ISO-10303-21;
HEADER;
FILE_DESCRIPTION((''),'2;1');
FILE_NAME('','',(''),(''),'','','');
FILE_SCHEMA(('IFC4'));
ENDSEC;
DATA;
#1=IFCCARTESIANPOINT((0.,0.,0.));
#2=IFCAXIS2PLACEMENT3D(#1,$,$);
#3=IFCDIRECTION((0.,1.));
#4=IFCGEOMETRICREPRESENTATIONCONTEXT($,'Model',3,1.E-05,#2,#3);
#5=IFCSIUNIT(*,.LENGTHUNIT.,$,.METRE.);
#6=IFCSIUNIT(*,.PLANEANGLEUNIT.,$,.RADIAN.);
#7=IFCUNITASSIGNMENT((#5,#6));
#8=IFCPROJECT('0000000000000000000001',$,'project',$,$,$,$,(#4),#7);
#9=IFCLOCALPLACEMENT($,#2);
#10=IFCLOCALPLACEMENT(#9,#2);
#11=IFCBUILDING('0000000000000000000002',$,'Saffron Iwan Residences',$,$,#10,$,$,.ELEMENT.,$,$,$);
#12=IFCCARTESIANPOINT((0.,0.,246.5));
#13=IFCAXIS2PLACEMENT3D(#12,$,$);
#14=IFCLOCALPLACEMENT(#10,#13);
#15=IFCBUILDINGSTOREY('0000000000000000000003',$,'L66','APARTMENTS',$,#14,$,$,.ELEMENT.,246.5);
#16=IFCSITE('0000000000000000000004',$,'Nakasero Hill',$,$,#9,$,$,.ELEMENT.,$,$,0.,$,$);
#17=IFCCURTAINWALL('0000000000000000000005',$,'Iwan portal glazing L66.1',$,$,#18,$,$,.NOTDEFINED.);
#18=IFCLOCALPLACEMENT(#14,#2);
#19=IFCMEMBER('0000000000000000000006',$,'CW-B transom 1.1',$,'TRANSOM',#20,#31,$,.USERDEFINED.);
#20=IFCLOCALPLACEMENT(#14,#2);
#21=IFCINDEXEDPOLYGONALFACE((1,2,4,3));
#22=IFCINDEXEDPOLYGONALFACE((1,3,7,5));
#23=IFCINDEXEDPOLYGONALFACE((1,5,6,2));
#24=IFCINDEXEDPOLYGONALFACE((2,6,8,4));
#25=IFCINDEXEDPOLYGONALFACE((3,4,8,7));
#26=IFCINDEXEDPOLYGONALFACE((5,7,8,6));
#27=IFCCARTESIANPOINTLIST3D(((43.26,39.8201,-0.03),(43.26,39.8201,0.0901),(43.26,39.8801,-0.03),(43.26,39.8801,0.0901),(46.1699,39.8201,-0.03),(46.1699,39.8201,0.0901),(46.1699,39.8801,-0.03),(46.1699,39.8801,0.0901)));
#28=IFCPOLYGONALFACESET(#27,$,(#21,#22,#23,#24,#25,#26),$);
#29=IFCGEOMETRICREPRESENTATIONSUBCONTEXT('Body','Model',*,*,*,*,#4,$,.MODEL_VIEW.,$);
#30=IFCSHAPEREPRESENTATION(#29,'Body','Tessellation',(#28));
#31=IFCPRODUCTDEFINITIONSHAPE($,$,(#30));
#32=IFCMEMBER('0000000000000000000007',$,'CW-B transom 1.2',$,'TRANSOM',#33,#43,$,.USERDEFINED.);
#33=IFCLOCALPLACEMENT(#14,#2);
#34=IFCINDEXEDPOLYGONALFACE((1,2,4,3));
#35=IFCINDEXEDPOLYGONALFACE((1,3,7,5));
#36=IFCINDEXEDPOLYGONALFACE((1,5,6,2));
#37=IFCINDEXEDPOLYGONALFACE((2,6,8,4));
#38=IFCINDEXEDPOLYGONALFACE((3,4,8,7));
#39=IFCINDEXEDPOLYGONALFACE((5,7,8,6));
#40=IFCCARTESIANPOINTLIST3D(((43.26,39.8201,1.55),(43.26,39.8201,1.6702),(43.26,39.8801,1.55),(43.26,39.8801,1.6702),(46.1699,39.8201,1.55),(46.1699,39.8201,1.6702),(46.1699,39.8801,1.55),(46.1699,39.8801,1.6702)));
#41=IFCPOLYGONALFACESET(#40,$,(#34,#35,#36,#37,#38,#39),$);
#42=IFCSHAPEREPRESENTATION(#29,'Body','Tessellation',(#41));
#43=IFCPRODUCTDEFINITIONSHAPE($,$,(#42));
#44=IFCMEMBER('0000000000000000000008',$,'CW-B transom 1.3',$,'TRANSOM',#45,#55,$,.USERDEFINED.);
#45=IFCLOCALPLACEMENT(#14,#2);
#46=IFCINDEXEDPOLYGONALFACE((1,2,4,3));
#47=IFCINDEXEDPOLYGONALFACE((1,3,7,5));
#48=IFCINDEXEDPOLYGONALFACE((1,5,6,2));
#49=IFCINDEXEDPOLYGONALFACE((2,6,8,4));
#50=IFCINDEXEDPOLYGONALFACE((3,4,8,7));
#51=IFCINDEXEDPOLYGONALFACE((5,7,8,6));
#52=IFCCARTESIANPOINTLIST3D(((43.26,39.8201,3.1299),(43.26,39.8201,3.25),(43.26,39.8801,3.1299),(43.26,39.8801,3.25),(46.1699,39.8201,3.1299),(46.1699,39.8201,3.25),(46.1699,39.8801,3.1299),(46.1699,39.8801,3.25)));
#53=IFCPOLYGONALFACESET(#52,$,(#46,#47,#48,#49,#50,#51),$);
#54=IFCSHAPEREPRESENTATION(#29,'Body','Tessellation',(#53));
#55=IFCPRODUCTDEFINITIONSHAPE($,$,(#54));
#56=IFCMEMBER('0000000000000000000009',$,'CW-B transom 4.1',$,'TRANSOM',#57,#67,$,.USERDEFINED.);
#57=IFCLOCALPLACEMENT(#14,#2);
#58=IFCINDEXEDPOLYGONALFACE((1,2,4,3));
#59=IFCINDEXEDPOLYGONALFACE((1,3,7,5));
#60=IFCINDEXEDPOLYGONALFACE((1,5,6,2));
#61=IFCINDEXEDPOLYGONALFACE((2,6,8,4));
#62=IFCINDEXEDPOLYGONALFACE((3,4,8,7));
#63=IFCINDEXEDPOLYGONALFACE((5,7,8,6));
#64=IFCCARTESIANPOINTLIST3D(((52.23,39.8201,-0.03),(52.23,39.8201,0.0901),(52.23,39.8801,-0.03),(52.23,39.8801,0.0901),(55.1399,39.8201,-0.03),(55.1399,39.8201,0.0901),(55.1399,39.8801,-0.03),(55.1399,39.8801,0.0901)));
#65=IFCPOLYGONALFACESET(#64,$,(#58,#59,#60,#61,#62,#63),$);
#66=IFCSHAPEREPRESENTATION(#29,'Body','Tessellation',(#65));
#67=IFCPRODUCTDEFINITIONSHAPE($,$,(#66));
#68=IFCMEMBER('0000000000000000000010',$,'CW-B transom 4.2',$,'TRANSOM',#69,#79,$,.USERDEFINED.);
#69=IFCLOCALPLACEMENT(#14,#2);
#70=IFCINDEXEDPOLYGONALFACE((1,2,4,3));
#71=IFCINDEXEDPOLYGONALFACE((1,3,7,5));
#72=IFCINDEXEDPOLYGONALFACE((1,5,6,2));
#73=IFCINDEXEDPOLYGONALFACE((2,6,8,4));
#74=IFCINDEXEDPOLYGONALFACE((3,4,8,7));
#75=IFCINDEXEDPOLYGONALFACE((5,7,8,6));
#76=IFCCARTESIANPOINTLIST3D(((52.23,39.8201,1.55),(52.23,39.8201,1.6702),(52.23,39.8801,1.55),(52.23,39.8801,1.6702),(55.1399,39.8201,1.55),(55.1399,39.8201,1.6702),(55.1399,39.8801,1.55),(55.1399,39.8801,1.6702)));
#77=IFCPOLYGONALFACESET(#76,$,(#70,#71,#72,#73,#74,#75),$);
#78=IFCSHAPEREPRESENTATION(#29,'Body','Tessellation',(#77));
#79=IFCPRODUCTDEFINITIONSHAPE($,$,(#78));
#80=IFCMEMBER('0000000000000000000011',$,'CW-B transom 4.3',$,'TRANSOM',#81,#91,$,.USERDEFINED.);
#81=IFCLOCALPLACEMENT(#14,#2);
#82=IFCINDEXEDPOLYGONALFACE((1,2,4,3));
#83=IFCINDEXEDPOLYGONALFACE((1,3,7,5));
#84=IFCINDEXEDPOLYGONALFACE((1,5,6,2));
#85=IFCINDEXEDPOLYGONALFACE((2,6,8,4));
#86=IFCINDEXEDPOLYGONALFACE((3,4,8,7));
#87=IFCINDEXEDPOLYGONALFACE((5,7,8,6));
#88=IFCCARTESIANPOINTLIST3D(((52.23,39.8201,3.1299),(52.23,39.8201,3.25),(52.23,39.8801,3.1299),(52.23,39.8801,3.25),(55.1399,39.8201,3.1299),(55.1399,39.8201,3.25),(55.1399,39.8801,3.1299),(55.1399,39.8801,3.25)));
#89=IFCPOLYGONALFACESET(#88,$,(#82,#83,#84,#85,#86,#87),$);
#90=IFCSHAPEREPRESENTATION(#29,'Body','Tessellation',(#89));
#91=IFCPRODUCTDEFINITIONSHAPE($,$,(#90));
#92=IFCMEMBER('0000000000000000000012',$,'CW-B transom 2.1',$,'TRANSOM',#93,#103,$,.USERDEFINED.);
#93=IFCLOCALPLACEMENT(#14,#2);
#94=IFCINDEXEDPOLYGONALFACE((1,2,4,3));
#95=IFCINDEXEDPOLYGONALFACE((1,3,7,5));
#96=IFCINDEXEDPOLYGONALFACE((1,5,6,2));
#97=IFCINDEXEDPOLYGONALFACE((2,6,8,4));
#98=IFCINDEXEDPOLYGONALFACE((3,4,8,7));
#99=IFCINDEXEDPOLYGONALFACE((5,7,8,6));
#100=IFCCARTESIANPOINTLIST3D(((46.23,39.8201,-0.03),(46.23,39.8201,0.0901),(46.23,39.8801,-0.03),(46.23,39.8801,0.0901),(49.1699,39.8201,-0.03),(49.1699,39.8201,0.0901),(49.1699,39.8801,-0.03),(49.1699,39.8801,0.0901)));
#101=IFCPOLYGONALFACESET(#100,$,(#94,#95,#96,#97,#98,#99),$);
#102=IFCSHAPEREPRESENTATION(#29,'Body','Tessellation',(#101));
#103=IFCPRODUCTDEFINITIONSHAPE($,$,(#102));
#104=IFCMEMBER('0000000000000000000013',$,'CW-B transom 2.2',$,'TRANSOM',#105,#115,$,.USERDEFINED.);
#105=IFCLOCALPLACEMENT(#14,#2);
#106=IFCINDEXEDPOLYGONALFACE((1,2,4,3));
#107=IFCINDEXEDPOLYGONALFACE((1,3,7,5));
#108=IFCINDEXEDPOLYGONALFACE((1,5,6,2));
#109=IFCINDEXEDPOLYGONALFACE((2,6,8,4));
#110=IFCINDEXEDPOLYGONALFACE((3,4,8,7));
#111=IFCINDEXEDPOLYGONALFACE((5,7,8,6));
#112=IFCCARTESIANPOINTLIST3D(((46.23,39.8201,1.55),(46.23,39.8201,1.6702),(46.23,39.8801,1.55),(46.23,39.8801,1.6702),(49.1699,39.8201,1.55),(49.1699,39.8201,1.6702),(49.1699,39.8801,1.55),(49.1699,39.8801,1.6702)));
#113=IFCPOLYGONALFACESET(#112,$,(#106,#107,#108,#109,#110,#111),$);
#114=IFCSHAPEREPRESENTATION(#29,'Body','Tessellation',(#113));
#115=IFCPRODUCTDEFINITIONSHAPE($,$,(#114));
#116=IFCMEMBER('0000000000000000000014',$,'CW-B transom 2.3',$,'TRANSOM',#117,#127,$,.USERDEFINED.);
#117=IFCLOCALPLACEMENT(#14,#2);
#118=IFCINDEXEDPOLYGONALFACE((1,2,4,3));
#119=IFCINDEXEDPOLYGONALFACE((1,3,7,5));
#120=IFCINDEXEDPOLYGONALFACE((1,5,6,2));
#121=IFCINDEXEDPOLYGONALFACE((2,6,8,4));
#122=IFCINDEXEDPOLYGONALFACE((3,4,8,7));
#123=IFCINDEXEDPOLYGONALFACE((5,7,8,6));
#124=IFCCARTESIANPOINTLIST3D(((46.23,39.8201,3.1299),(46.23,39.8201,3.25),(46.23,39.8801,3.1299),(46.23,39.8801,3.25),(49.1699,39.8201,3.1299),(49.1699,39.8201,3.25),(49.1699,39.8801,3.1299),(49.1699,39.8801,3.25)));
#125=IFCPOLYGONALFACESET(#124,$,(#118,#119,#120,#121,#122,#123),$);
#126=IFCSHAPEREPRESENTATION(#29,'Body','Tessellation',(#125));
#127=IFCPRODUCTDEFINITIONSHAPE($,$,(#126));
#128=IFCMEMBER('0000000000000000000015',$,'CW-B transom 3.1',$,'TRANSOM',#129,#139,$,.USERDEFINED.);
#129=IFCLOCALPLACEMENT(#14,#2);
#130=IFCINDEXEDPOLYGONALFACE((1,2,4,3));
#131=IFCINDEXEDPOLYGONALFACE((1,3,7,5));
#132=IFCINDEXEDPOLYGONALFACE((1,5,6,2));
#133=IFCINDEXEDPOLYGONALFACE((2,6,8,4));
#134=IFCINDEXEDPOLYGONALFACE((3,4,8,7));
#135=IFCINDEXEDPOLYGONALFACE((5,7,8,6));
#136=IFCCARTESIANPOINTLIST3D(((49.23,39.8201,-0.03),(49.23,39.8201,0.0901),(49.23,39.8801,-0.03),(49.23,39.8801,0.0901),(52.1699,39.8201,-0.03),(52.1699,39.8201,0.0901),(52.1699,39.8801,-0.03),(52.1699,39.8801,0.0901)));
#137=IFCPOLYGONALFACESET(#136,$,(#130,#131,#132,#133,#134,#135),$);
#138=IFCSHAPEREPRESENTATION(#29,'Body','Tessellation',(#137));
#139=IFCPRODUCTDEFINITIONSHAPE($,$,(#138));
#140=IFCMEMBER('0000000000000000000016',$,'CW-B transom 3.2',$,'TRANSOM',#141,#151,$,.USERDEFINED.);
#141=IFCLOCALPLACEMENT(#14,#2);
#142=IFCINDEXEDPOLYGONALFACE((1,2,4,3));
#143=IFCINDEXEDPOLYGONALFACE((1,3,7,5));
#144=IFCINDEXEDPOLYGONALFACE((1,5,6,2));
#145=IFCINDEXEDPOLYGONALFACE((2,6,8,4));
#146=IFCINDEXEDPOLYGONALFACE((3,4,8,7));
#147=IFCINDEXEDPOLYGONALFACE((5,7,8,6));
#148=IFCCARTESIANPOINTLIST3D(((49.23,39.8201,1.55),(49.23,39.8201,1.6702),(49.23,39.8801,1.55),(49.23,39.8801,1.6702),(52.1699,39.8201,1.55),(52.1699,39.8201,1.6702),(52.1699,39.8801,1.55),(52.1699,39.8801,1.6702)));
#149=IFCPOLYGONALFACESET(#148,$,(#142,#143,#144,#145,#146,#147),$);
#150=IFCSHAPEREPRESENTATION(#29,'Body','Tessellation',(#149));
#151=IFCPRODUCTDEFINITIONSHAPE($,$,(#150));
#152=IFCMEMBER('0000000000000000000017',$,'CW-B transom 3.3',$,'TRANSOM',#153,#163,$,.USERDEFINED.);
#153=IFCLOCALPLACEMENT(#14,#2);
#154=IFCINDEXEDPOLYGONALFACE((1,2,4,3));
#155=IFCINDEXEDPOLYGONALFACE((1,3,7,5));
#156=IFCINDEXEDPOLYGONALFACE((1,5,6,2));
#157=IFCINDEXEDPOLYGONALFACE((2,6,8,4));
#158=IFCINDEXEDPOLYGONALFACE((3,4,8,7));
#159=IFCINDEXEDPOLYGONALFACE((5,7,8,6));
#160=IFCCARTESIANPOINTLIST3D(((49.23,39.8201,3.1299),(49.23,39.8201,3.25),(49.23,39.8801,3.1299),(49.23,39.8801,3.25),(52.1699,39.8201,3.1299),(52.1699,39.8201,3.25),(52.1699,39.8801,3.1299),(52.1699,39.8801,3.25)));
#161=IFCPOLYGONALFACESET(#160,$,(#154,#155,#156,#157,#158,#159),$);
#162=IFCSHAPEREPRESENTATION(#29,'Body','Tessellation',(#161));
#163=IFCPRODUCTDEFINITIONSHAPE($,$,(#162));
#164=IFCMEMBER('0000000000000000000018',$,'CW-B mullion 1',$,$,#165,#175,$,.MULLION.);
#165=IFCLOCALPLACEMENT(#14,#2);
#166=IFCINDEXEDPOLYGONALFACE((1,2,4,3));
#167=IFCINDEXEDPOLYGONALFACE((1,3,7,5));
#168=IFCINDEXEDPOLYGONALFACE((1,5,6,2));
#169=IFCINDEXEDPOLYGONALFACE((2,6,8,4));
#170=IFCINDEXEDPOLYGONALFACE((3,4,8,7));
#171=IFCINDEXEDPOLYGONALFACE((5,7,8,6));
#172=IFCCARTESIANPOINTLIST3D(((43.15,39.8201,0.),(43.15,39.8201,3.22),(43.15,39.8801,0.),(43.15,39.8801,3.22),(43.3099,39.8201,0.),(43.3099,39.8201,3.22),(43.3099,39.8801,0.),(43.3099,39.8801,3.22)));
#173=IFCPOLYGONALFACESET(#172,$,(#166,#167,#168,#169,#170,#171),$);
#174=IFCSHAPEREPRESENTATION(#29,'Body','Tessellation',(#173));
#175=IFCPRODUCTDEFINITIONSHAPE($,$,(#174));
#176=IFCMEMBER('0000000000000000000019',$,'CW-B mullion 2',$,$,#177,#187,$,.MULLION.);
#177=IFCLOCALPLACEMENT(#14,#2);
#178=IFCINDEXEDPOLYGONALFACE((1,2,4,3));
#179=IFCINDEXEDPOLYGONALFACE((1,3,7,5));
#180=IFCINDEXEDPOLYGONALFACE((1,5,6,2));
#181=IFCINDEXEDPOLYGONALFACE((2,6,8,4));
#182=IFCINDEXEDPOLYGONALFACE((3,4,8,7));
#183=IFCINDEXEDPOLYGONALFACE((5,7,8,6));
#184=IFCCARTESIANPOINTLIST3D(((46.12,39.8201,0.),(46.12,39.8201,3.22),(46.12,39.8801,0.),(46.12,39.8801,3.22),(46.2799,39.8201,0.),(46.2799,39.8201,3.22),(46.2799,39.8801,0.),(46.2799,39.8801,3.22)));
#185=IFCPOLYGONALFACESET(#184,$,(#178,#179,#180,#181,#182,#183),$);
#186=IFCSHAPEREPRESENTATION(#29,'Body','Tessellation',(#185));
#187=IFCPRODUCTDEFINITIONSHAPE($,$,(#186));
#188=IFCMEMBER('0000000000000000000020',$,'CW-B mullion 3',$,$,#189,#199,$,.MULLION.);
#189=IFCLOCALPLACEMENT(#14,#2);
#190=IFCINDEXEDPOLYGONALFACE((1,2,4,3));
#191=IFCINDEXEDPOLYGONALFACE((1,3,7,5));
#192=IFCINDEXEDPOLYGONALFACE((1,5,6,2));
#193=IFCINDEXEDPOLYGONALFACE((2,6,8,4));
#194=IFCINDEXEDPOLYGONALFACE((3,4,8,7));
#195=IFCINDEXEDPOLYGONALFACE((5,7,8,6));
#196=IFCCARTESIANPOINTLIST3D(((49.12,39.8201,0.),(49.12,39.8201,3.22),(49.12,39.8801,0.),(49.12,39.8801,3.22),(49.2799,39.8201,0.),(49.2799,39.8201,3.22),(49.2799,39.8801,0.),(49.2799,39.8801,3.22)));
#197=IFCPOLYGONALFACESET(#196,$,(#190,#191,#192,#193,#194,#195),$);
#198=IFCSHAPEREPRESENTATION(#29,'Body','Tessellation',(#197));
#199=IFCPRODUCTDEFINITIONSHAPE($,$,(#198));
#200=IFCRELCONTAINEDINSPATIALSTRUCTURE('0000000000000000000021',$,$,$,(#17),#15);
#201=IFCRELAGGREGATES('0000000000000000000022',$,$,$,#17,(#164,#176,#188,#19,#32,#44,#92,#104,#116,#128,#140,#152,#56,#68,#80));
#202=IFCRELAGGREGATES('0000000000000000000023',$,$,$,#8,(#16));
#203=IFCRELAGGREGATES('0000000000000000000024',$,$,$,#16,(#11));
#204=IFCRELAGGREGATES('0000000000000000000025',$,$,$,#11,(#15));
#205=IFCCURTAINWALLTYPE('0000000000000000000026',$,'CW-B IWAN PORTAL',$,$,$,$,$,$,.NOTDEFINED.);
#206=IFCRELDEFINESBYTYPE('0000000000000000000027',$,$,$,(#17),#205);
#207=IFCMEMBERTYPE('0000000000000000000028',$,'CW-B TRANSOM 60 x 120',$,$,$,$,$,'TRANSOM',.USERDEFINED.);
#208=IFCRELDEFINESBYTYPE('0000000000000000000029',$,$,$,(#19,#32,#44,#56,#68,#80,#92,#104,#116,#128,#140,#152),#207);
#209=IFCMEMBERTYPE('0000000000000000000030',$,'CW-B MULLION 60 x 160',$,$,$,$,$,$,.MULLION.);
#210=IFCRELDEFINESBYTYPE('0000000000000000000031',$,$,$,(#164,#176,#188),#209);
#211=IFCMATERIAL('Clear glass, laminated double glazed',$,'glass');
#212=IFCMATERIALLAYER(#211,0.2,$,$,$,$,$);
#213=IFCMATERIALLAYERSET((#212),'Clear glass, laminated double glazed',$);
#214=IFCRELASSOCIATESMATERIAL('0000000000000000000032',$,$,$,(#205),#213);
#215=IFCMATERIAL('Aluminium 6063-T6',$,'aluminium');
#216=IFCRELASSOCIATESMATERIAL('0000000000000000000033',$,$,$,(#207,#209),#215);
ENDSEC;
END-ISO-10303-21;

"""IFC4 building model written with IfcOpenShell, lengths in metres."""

from ifc_helpers import new_model, si_unit, direction, frame, origin, origin_2d, place, context, subcontext, project, spatial, rectangle, extrude, source, transform, mapped, material, layer, layer_set, material_profile, profile_set, type_object, element, aggregate, save


model = new_model("IFC4")

# Units and contexts
model_context = context("Model", 3, precision=1e-05, world=origin(), true_north=direction((0.0, 1.0)))
body_context = subcontext(model_context, "Body", "Model", "MODEL_VIEW")
ifc_project = project(units=[si_unit("LENGTHUNIT", "METRE"), si_unit("PLANEANGLEUNIT", "RADIAN")], contexts=[model_context])

# Site, building, storey
site_placement = place(None, origin())
site = spatial("IfcSite", under=ifc_project, at=site_placement, Name="Nakasero Hill", CompositionType="ELEMENT", RefElevation=0.0)
building_placement = place(site_placement, origin())
building = spatial("IfcBuilding", under=site, at=building_placement, Name="Saffron Iwan Residences", CompositionType="ELEMENT")
storey_placement = place(building_placement, frame((0.0, 0.0, 246.5)))
storey = spatial("IfcBuildingStorey", under=building, at=storey_placement, Name="L66", Description="APARTMENTS", CompositionType="ELEMENT", Elevation=246.5)

# Curtain wall, members
ifc_material_1 = material(Name="Clear glass, laminated double glazed", Category="glass")
ifc_layer_1 = layer(ifc_material_1, 0.2)
ifc_layer_set_1 = layer_set([ifc_layer_1], Name="Clear glass, laminated double glazed")
curtain_wall_type = type_object("IfcCurtainWallType", Name="CW-B IWAN PORTAL", PredefinedType="NOTDEFINED", material=ifc_layer_set_1)
curtain_wall_placement = place(storey_placement, origin())
curtain_wall = element("IfcCurtainWall", 1, at=curtain_wall_placement, inside=storey, type_object=curtain_wall_type, Name="Iwan portal glazing L66.1", PredefinedType="NOTDEFINED")
ifc_material_2 = material(Name="Aluminium 6063-T6", Category="aluminium")
ifc_material_profile_1 = material_profile(ifc_material_2, rectangle(XDim=0.0601, YDim=0.1201, at=origin_2d()), Name="CW-B TRANSOM 60 x 120")
ifc_profile_set_1 = profile_set([ifc_material_profile_1], Name="Aluminium 6063-T6")
member_type_1 = type_object("IfcMemberType", Name="CW-B TRANSOM 60 x 120", ElementType="TRANSOM", PredefinedType="USERDEFINED", material=ifc_profile_set_1)
shared_shape_1 = source(origin(), body_context, "Body", "SweptSolid", [
    extrude(rectangle(XDim=0.0601, YDim=0.1201, at=origin_2d()), origin(), (0.0, 0.0, 1.0), 2.9099),
])
member_1_placement = place(storey_placement, frame((43.26, 39.8501, 0.03), z_axis=(1.0, 0.0, 0.0), x_axis=(0.0, 1.0, 0.0)))
member_1 = element("IfcMember", 2, at=member_1_placement, type_object=member_type_1, Name="CW-B transom 1.1", ObjectType="TRANSOM", PredefinedType="USERDEFINED", context=body_context, shape_type="MappedRepresentation", body=[
    mapped(shared_shape_1, transform((0.0, 0.0, 0.0))),
])
member_2_placement = place(storey_placement, frame((43.26, 39.8501, 1.6101), z_axis=(1.0, 0.0, 0.0), x_axis=(0.0, 1.0, 0.0)))
member_2 = element("IfcMember", 3, at=member_2_placement, type_object=member_type_1, Name="CW-B transom 1.2", ObjectType="TRANSOM", PredefinedType="USERDEFINED", context=body_context, shape_type="MappedRepresentation", body=[
    mapped(shared_shape_1, transform((0.0, 0.0, 0.0))),
])
member_3_placement = place(storey_placement, frame((43.26, 39.8501, 3.1899), z_axis=(1.0, 0.0, 0.0), x_axis=(0.0, 1.0, 0.0)))
member_3 = element("IfcMember", 4, at=member_3_placement, type_object=member_type_1, Name="CW-B transom 1.3", ObjectType="TRANSOM", PredefinedType="USERDEFINED", context=body_context, shape_type="MappedRepresentation", body=[
    mapped(shared_shape_1, transform((0.0, 0.0, 0.0))),
])
member_4_placement = place(storey_placement, frame((52.23, 39.8501, 0.03), z_axis=(1.0, 0.0, 0.0), x_axis=(0.0, 1.0, 0.0)))
member_4 = element("IfcMember", 5, at=member_4_placement, type_object=member_type_1, Name="CW-B transom 4.1", ObjectType="TRANSOM", PredefinedType="USERDEFINED", context=body_context, shape_type="MappedRepresentation", body=[
    mapped(shared_shape_1, transform((0.0, 0.0, 0.0))),
])
member_5_placement = place(storey_placement, frame((52.23, 39.8501, 1.6101), z_axis=(1.0, 0.0, 0.0), x_axis=(0.0, 1.0, 0.0)))
member_5 = element("IfcMember", 6, at=member_5_placement, type_object=member_type_1, Name="CW-B transom 4.2", ObjectType="TRANSOM", PredefinedType="USERDEFINED", context=body_context, shape_type="MappedRepresentation", body=[
    mapped(shared_shape_1, transform((0.0, 0.0, 0.0))),
])
member_6_placement = place(storey_placement, frame((52.23, 39.8501, 3.1899), z_axis=(1.0, 0.0, 0.0), x_axis=(0.0, 1.0, 0.0)))
member_6 = element("IfcMember", 7, at=member_6_placement, type_object=member_type_1, Name="CW-B transom 4.3", ObjectType="TRANSOM", PredefinedType="USERDEFINED", context=body_context, shape_type="MappedRepresentation", body=[
    mapped(shared_shape_1, transform((0.0, 0.0, 0.0))),
])
shared_shape_2 = source(origin(), body_context, "Body", "SweptSolid", [
    extrude(rectangle(XDim=0.0601, YDim=0.1201, at=origin_2d()), origin(), (0.0, 0.0, 1.0), 2.9399),
])
member_7_placement = place(storey_placement, frame((46.23, 39.8501, 0.03), z_axis=(1.0, 0.0, 0.0), x_axis=(0.0, 1.0, 0.0)))
member_7 = element("IfcMember", 8, at=member_7_placement, type_object=member_type_1, Name="CW-B transom 2.1", ObjectType="TRANSOM", PredefinedType="USERDEFINED", context=body_context, shape_type="MappedRepresentation", body=[
    mapped(shared_shape_2, transform((0.0, 0.0, 0.0))),
])
member_8_placement = place(storey_placement, frame((46.23, 39.8501, 1.6101), z_axis=(1.0, 0.0, 0.0), x_axis=(0.0, 1.0, 0.0)))
member_8 = element("IfcMember", 9, at=member_8_placement, type_object=member_type_1, Name="CW-B transom 2.2", ObjectType="TRANSOM", PredefinedType="USERDEFINED", context=body_context, shape_type="MappedRepresentation", body=[
    mapped(shared_shape_2, transform((0.0, 0.0, 0.0))),
])
member_9_placement = place(storey_placement, frame((46.23, 39.8501, 3.1899), z_axis=(1.0, 0.0, 0.0), x_axis=(0.0, 1.0, 0.0)))
member_9 = element("IfcMember", 10, at=member_9_placement, type_object=member_type_1, Name="CW-B transom 2.3", ObjectType="TRANSOM", PredefinedType="USERDEFINED", context=body_context, shape_type="MappedRepresentation", body=[
    mapped(shared_shape_2, transform((0.0, 0.0, 0.0))),
])
member_10_placement = place(storey_placement, frame((49.23, 39.8501, 0.03), z_axis=(1.0, 0.0, 0.0), x_axis=(0.0, 1.0, 0.0)))
member_10 = element("IfcMember", 11, at=member_10_placement, type_object=member_type_1, Name="CW-B transom 3.1", ObjectType="TRANSOM", PredefinedType="USERDEFINED", context=body_context, shape_type="MappedRepresentation", body=[
    mapped(shared_shape_2, transform((0.0, 0.0, 0.0))),
])
member_11_placement = place(storey_placement, frame((49.23, 39.8501, 1.6101), z_axis=(1.0, 0.0, 0.0), x_axis=(0.0, 1.0, 0.0)))
member_11 = element("IfcMember", 12, at=member_11_placement, type_object=member_type_1, Name="CW-B transom 3.2", ObjectType="TRANSOM", PredefinedType="USERDEFINED", context=body_context, shape_type="MappedRepresentation", body=[
    mapped(shared_shape_2, transform((0.0, 0.0, 0.0))),
])
member_12_placement = place(storey_placement, frame((49.23, 39.8501, 3.1899), z_axis=(1.0, 0.0, 0.0), x_axis=(0.0, 1.0, 0.0)))
member_12 = element("IfcMember", 13, at=member_12_placement, type_object=member_type_1, Name="CW-B transom 3.3", ObjectType="TRANSOM", PredefinedType="USERDEFINED", context=body_context, shape_type="MappedRepresentation", body=[
    mapped(shared_shape_2, transform((0.0, 0.0, 0.0))),
])
ifc_material_profile_2 = material_profile(ifc_material_2, rectangle(XDim=0.0601, YDim=0.1599, at=origin_2d()), Name="CW-B MULLION 60 x 160")
ifc_profile_set_2 = profile_set([ifc_material_profile_2], Name="Aluminium 6063-T6")
member_type_2 = type_object("IfcMemberType", Name="CW-B MULLION 60 x 160", PredefinedType="MULLION", material=ifc_profile_set_2)
shared_shape_3 = source(origin(), body_context, "Body", "SweptSolid", [
    extrude(rectangle(XDim=0.0601, YDim=0.1599, at=origin_2d()), origin(), (0.0, 0.0, 1.0), 3.22),
])
member_13_placement = place(storey_placement, frame((43.23, 39.8501, 0.0), z_axis=(0.0, 0.0, 1.0), x_axis=(0.0, 1.0, 0.0)))
member_13 = element("IfcMember", 14, at=member_13_placement, type_object=member_type_2, Name="CW-B mullion 1", PredefinedType="MULLION", context=body_context, shape_type="MappedRepresentation", body=[
    mapped(shared_shape_3, transform((0.0, 0.0, 0.0))),
])
member_14_placement = place(storey_placement, frame((46.2, 39.8501, 0.0), z_axis=(0.0, 0.0, 1.0), x_axis=(0.0, 1.0, 0.0)))
member_14 = element("IfcMember", 15, at=member_14_placement, type_object=member_type_2, Name="CW-B mullion 2", PredefinedType="MULLION", context=body_context, shape_type="MappedRepresentation", body=[
    mapped(shared_shape_3, transform((0.0, 0.0, 0.0))),
])
member_15_placement = place(storey_placement, frame((49.2, 39.8501, 0.0), z_axis=(0.0, 0.0, 1.0), x_axis=(0.0, 1.0, 0.0)))
member_15 = element("IfcMember", 16, at=member_15_placement, type_object=member_type_2, Name="CW-B mullion 3", PredefinedType="MULLION", context=body_context, shape_type="MappedRepresentation", body=[
    mapped(shared_shape_3, transform((0.0, 0.0, 0.0))),
])
aggregate(curtain_wall, [member_13, member_14, member_15, member_1, member_2, member_3, member_7, member_8, member_9, member_10, member_11, member_12, member_4, member_5, member_6])

save(model, "model.ifc")
